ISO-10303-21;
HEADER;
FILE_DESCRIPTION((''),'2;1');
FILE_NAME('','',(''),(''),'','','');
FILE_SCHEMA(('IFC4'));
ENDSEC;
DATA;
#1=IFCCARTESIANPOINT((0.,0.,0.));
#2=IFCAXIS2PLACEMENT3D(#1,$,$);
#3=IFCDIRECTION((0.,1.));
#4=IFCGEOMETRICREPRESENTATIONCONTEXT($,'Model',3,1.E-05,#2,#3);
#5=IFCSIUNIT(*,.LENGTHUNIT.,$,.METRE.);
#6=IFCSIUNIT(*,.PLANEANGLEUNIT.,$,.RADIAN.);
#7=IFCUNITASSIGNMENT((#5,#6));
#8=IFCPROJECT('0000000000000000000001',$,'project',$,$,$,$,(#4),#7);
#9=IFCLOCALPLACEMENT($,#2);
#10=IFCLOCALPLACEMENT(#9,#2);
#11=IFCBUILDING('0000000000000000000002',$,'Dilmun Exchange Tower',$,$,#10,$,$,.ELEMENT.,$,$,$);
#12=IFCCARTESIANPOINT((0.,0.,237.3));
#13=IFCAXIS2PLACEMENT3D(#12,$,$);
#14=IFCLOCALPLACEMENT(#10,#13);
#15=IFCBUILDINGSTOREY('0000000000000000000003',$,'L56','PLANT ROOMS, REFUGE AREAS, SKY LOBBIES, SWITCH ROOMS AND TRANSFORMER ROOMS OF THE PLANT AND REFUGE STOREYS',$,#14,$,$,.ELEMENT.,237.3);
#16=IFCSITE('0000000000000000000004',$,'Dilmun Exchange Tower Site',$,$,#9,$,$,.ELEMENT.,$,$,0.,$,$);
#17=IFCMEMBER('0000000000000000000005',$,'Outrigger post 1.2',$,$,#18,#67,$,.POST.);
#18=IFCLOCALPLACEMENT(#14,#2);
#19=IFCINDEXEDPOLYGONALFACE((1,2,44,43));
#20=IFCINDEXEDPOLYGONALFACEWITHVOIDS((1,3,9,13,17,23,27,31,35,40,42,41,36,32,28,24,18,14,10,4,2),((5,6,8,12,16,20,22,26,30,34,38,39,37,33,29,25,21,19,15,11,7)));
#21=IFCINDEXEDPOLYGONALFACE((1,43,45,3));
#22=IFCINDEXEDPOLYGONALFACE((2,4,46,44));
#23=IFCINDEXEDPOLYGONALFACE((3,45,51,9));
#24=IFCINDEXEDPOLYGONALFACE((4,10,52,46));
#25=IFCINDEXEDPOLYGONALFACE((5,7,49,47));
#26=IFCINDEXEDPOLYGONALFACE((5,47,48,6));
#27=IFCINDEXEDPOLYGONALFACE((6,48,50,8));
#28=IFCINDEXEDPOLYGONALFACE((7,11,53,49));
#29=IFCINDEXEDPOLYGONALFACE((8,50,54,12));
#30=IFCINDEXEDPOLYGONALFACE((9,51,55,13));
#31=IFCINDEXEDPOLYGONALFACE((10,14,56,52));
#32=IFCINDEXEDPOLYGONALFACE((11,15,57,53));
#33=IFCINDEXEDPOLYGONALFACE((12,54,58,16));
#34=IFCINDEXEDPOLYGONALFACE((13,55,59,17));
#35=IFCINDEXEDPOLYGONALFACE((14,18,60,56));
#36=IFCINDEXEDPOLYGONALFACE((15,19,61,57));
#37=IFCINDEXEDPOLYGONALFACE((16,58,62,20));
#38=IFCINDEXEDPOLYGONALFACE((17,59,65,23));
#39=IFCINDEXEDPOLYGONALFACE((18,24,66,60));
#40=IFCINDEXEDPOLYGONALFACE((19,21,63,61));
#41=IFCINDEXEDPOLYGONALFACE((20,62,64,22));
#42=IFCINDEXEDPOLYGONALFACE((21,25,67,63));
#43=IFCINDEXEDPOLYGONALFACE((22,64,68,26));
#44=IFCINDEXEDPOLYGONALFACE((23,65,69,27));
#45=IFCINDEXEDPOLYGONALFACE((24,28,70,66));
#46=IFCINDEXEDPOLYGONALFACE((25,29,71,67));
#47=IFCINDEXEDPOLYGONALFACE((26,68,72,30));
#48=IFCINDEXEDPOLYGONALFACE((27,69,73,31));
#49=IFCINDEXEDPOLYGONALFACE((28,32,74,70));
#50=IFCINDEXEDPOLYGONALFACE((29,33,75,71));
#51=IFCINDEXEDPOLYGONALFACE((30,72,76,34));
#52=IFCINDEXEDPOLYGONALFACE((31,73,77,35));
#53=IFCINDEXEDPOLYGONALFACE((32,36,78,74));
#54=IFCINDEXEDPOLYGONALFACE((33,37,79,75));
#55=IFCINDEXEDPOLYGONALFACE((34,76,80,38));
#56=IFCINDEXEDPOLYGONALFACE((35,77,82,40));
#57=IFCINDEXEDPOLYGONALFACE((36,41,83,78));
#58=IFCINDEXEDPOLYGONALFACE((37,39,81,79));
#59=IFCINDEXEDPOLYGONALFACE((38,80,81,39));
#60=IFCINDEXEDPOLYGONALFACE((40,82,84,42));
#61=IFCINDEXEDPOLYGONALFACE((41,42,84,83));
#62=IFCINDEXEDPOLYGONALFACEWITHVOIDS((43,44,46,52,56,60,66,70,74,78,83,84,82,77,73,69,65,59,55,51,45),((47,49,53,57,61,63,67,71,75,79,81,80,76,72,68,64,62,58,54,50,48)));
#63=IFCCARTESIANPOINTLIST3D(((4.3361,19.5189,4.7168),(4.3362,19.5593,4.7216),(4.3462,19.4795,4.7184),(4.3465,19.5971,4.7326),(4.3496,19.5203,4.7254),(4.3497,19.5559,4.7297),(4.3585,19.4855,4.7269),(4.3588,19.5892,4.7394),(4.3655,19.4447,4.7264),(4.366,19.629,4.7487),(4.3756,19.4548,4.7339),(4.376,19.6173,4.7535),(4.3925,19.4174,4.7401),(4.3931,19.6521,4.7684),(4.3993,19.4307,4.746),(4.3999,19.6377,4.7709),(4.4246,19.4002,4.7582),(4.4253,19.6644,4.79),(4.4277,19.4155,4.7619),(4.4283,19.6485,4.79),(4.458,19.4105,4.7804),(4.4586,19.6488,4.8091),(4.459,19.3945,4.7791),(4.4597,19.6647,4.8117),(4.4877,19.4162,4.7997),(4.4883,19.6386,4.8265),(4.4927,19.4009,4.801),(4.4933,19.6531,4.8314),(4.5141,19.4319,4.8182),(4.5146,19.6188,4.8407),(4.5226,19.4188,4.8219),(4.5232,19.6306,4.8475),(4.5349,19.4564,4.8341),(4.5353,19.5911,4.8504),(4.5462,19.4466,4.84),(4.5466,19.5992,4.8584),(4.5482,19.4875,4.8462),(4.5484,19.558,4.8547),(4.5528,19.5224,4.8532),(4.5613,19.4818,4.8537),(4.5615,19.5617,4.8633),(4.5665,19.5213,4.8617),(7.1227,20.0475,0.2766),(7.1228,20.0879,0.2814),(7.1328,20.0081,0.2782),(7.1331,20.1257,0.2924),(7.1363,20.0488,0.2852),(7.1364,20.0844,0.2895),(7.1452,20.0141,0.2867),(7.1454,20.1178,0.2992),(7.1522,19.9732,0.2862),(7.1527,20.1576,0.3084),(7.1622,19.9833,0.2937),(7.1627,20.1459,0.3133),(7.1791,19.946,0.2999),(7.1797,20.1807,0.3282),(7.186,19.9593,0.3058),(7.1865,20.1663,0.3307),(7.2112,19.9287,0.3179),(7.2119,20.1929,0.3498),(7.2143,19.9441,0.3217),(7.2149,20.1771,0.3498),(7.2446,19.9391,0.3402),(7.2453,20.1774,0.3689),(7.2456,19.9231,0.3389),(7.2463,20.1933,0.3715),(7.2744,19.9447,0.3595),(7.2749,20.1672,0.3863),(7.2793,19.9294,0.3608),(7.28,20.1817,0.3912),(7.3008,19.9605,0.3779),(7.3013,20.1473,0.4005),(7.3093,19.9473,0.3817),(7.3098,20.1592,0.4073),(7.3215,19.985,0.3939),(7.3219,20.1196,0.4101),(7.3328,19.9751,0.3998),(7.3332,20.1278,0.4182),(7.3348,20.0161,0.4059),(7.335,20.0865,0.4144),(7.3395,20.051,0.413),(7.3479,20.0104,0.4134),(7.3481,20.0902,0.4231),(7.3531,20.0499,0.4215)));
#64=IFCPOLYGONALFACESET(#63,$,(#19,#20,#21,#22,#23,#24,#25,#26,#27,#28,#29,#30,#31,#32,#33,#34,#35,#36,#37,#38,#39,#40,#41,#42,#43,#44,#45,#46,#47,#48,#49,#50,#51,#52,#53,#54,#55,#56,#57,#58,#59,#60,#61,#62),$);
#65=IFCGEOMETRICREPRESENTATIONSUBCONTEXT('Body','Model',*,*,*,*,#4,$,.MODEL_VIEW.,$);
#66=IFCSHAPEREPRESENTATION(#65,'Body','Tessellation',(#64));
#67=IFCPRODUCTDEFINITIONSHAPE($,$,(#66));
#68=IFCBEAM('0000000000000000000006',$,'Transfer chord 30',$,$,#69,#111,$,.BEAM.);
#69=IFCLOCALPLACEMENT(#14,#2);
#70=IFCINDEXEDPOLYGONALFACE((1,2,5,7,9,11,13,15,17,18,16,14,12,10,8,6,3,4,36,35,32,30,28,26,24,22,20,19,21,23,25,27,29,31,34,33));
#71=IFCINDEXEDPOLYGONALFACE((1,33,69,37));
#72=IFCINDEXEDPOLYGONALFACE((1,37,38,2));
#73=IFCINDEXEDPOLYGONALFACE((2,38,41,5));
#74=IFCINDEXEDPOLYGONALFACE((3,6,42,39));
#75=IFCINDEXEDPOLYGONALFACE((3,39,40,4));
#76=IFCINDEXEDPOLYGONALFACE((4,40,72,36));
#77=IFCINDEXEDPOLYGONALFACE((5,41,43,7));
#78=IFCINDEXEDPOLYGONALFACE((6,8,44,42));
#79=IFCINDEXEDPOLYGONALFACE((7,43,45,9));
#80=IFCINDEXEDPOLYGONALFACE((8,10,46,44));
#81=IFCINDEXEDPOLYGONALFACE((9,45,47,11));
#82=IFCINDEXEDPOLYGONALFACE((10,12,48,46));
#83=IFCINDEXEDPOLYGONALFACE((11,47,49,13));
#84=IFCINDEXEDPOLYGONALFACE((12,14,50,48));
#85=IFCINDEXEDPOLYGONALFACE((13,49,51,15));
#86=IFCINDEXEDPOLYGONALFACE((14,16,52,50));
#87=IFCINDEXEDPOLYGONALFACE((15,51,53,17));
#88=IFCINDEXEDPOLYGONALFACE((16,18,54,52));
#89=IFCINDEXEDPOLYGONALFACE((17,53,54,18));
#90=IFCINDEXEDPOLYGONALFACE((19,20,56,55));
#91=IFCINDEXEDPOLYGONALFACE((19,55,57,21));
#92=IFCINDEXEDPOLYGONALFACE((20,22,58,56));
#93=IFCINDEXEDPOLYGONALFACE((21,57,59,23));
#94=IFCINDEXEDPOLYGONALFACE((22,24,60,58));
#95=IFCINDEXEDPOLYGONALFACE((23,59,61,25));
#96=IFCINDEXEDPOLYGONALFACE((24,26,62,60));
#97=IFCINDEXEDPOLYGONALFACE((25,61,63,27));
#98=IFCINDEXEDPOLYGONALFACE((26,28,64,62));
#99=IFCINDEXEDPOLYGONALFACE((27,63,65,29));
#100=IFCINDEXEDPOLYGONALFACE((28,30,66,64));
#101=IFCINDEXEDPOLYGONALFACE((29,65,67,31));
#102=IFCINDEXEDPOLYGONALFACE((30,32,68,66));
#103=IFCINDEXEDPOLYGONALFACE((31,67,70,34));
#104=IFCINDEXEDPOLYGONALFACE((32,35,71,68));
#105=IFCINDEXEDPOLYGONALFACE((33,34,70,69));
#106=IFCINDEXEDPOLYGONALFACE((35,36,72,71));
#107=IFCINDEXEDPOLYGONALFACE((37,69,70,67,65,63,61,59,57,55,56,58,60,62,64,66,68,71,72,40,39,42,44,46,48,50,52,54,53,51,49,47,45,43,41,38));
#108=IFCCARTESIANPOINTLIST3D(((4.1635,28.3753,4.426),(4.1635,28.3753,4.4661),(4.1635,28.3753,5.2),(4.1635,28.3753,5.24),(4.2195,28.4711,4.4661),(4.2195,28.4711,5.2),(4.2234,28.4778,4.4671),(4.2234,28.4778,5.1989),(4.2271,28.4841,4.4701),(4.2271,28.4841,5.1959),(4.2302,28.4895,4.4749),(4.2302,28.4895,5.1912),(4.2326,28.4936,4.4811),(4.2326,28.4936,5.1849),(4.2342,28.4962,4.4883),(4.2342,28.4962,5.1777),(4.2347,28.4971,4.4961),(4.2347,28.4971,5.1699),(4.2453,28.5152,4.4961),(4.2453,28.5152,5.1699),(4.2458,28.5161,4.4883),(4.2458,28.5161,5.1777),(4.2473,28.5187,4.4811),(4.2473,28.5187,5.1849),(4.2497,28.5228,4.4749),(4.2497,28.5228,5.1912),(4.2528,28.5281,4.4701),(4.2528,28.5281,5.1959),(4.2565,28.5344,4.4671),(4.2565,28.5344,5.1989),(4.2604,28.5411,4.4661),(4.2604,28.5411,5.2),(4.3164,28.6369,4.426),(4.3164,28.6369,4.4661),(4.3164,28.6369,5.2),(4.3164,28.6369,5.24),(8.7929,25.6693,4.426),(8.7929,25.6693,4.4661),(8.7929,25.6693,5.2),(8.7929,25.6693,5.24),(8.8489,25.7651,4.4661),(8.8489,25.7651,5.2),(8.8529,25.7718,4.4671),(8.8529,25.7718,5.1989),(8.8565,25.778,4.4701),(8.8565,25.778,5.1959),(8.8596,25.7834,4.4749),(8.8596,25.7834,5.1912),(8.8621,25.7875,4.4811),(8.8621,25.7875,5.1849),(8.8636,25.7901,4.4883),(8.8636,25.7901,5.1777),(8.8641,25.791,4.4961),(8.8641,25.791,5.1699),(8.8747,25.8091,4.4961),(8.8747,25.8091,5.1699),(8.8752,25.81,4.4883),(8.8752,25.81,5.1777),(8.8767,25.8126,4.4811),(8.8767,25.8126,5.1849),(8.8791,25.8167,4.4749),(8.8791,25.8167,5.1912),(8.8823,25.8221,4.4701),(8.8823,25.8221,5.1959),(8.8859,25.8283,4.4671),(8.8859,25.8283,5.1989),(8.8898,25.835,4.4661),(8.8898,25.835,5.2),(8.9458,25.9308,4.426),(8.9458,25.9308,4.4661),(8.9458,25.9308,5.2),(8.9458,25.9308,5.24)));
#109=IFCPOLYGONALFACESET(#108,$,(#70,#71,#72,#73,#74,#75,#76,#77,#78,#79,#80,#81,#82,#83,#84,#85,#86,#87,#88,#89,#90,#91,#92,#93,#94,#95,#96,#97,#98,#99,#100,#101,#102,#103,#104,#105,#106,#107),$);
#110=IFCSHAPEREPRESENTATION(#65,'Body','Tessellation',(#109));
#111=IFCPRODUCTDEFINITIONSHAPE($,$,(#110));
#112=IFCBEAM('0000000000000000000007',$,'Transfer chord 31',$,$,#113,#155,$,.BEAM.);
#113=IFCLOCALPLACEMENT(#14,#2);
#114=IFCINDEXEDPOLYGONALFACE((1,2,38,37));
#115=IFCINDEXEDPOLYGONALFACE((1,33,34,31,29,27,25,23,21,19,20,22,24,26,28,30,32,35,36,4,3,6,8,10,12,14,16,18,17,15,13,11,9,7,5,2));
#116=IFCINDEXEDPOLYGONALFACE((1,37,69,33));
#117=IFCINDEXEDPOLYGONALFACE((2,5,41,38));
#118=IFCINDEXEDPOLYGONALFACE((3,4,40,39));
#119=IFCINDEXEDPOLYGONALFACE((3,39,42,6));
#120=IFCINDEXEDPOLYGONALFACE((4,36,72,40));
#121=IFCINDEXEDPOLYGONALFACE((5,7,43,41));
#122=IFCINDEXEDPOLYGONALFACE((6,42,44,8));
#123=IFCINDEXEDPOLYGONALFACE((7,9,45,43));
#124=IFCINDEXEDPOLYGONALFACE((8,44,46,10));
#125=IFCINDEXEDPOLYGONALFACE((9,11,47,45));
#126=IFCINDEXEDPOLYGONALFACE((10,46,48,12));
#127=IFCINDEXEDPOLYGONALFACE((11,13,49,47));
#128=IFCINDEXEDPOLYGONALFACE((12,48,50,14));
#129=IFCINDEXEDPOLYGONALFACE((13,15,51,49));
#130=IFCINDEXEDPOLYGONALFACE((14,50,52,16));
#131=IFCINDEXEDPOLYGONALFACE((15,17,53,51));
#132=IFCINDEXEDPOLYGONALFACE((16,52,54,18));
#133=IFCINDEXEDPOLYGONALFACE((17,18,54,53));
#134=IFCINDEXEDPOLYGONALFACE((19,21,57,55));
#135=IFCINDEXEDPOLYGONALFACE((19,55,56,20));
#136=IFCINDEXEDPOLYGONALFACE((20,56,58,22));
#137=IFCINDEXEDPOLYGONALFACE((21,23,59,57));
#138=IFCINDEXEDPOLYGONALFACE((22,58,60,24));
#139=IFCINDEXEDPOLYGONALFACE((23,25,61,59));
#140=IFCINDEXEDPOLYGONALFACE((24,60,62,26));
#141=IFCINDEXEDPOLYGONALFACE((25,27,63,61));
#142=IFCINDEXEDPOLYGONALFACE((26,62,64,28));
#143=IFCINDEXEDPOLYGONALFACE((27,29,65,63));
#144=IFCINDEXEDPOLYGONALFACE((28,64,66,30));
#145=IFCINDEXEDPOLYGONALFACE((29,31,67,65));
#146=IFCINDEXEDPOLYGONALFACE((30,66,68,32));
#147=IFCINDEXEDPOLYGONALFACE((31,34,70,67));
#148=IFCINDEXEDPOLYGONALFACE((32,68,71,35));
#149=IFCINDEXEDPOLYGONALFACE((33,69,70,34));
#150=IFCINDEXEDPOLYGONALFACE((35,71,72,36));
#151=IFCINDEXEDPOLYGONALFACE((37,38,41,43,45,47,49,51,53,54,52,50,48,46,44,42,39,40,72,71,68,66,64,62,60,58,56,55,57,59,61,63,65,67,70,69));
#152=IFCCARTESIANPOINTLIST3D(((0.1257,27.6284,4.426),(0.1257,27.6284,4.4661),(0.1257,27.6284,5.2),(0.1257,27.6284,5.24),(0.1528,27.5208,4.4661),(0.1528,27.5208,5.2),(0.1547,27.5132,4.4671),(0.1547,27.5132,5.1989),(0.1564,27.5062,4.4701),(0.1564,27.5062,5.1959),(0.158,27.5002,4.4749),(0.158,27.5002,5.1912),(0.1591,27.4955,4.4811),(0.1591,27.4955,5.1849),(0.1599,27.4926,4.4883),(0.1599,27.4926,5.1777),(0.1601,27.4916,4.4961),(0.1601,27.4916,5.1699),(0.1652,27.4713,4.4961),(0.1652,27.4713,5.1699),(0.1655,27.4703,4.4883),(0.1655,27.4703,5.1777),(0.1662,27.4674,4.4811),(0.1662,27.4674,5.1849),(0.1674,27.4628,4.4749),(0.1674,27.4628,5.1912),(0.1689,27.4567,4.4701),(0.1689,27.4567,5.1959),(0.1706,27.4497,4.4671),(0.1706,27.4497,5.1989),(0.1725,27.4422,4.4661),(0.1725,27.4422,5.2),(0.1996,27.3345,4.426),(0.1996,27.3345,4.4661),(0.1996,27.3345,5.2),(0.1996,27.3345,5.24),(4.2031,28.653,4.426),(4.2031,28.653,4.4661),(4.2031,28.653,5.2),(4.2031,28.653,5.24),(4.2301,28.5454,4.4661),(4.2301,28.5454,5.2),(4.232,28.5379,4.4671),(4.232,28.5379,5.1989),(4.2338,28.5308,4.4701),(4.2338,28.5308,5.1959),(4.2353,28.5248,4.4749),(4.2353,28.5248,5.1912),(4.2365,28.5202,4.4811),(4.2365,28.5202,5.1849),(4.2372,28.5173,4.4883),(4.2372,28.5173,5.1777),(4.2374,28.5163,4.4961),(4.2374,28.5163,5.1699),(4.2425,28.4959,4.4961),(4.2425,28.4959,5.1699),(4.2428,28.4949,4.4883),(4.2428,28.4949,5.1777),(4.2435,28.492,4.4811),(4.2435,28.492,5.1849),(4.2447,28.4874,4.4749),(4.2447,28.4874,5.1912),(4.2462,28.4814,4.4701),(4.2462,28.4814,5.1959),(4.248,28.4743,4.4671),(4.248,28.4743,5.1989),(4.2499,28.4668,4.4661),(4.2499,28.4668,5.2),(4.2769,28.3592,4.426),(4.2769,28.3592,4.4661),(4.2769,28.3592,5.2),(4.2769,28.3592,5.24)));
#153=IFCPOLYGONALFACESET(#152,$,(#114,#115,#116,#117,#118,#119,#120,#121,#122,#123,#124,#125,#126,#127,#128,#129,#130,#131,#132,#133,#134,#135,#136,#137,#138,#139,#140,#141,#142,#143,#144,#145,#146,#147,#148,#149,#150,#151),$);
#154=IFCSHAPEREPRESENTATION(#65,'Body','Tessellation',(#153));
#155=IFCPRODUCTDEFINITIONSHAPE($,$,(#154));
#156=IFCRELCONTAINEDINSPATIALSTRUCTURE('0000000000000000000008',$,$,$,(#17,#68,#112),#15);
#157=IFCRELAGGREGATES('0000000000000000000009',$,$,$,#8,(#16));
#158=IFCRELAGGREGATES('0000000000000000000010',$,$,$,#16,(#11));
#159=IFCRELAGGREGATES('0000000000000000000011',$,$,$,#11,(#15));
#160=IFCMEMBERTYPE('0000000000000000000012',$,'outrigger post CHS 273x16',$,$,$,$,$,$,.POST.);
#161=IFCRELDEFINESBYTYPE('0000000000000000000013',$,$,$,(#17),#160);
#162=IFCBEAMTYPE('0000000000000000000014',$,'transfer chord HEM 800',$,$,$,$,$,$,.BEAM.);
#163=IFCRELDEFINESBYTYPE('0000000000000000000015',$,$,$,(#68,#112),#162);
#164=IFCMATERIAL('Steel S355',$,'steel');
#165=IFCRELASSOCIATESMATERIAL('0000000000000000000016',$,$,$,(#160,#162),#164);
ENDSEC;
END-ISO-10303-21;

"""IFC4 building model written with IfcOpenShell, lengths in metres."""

from ifc_helpers import new_model, si_unit, direction, frame, origin, origin_2d, place, context, subcontext, project, spatial, hollow_circle, i_section, extrude, material, material_profile, profile_set, type_object, element, save


model = new_model("IFC4")

# Units and contexts
model_context = context("Model", 3, precision=1e-05, world=origin(), true_north=direction((0.0, 1.0)))
body_context = subcontext(model_context, "Body", "Model", "MODEL_VIEW")
ifc_project = project(units=[si_unit("LENGTHUNIT", "METRE"), si_unit("PLANEANGLEUNIT", "RADIAN")], contexts=[model_context])

# Site, building, storey
site_placement = place(None, origin())
site = spatial("IfcSite", under=ifc_project, at=site_placement, Name="Dilmun Exchange Tower Site", CompositionType="ELEMENT", RefElevation=0.0)
building_placement = place(site_placement, origin())
building = spatial("IfcBuilding", under=site, at=building_placement, Name="Dilmun Exchange Tower", CompositionType="ELEMENT")
storey_placement = place(building_placement, frame((0.0, 0.0, 237.3)))
storey = spatial("IfcBuildingStorey", under=building, at=storey_placement, Name="L56", Description="PLANT ROOMS, REFUGE AREAS, SKY LOBBIES, SWITCH ROOMS AND TRANSFORMER ROOMS OF THE PLANT AND REFUGE STOREYS", CompositionType="ELEMENT", Elevation=237.3)

# Member
ifc_material_1 = material(Name="Steel S355", Category="steel")
ifc_material_profile_1 = material_profile(ifc_material_1, hollow_circle(Radius=0.1365, WallThickness=0.0161, at=origin_2d()), Name="CHS 273x16")
ifc_profile_set_1 = profile_set([ifc_material_profile_1], Name="Steel S355")
member_type_1 = type_object("IfcMemberType", Name="outrigger post CHS 273x16", PredefinedType="POST", material=ifc_profile_set_1)
member_1_placement = place(storey_placement, frame((4.4507, 19.5303, 4.79), z_axis=(0.528895, 0.10032, -0.842737), x_axis=(-0.186357, 0.982482, 0.0)))
element("IfcMember", 1, at=member_1_placement, inside=storey, type_object=member_type_1, Name="Outrigger post 1.2", PredefinedType="POST", context=body_context, shape_type="SweptSolid", body=[
    extrude(hollow_circle(Radius=0.1365, WallThickness=0.0161, at=origin_2d()), origin(), (0.0, 0.0, 1.0), 5.2688),
])

# Beams
ifc_material_profile_2 = material_profile(ifc_material_1, i_section(OverallWidth=0.303, OverallDepth=0.814, WebThickness=0.021, FlangeThickness=0.04, FilletRadius=0.03, at=origin_2d()), Name="HEM 800")
ifc_profile_set_2 = profile_set([ifc_material_profile_2], Name="Steel S355")
beam_type_1 = type_object("IfcBeamType", Name="transfer chord HEM 800", PredefinedType="BEAM", material=ifc_profile_set_2)
beam_1_placement = place(storey_placement, frame((8.8694, 25.8, 4.833), z_axis=(-0.863326, 0.504646, 0.0), x_axis=(-0.504646, -0.863326, 0.0)))
element("IfcBeam", 2, at=beam_1_placement, inside=storey, type_object=beam_type_1, Name="Transfer chord 30", PredefinedType="BEAM", context=body_context, shape_type="SweptSolid", body=[
    extrude(i_section(OverallWidth=0.303, OverallDepth=0.814, WebThickness=0.021, FlangeThickness=0.04, FilletRadius=0.03, at=origin_2d()), origin(), (0.0, 0.0, 1.0), 5.3623),
])
beam_2_placement = place(storey_placement, frame((4.24, 28.5061, 4.833), z_axis=(-0.969845, -0.243724, 0.0), x_axis=(0.243724, -0.969845, 0.0)))
element("IfcBeam", 3, at=beam_2_placement, inside=storey, type_object=beam_type_1, Name="Transfer chord 31", PredefinedType="BEAM", context=body_context, shape_type="SweptSolid", body=[
    extrude(i_section(OverallWidth=0.303, OverallDepth=0.814, WebThickness=0.021, FlangeThickness=0.04, FilletRadius=0.03, at=origin_2d()), origin(), (0.0, 0.0, 1.0), 4.2041),
])

save(model, "model.ifc")
